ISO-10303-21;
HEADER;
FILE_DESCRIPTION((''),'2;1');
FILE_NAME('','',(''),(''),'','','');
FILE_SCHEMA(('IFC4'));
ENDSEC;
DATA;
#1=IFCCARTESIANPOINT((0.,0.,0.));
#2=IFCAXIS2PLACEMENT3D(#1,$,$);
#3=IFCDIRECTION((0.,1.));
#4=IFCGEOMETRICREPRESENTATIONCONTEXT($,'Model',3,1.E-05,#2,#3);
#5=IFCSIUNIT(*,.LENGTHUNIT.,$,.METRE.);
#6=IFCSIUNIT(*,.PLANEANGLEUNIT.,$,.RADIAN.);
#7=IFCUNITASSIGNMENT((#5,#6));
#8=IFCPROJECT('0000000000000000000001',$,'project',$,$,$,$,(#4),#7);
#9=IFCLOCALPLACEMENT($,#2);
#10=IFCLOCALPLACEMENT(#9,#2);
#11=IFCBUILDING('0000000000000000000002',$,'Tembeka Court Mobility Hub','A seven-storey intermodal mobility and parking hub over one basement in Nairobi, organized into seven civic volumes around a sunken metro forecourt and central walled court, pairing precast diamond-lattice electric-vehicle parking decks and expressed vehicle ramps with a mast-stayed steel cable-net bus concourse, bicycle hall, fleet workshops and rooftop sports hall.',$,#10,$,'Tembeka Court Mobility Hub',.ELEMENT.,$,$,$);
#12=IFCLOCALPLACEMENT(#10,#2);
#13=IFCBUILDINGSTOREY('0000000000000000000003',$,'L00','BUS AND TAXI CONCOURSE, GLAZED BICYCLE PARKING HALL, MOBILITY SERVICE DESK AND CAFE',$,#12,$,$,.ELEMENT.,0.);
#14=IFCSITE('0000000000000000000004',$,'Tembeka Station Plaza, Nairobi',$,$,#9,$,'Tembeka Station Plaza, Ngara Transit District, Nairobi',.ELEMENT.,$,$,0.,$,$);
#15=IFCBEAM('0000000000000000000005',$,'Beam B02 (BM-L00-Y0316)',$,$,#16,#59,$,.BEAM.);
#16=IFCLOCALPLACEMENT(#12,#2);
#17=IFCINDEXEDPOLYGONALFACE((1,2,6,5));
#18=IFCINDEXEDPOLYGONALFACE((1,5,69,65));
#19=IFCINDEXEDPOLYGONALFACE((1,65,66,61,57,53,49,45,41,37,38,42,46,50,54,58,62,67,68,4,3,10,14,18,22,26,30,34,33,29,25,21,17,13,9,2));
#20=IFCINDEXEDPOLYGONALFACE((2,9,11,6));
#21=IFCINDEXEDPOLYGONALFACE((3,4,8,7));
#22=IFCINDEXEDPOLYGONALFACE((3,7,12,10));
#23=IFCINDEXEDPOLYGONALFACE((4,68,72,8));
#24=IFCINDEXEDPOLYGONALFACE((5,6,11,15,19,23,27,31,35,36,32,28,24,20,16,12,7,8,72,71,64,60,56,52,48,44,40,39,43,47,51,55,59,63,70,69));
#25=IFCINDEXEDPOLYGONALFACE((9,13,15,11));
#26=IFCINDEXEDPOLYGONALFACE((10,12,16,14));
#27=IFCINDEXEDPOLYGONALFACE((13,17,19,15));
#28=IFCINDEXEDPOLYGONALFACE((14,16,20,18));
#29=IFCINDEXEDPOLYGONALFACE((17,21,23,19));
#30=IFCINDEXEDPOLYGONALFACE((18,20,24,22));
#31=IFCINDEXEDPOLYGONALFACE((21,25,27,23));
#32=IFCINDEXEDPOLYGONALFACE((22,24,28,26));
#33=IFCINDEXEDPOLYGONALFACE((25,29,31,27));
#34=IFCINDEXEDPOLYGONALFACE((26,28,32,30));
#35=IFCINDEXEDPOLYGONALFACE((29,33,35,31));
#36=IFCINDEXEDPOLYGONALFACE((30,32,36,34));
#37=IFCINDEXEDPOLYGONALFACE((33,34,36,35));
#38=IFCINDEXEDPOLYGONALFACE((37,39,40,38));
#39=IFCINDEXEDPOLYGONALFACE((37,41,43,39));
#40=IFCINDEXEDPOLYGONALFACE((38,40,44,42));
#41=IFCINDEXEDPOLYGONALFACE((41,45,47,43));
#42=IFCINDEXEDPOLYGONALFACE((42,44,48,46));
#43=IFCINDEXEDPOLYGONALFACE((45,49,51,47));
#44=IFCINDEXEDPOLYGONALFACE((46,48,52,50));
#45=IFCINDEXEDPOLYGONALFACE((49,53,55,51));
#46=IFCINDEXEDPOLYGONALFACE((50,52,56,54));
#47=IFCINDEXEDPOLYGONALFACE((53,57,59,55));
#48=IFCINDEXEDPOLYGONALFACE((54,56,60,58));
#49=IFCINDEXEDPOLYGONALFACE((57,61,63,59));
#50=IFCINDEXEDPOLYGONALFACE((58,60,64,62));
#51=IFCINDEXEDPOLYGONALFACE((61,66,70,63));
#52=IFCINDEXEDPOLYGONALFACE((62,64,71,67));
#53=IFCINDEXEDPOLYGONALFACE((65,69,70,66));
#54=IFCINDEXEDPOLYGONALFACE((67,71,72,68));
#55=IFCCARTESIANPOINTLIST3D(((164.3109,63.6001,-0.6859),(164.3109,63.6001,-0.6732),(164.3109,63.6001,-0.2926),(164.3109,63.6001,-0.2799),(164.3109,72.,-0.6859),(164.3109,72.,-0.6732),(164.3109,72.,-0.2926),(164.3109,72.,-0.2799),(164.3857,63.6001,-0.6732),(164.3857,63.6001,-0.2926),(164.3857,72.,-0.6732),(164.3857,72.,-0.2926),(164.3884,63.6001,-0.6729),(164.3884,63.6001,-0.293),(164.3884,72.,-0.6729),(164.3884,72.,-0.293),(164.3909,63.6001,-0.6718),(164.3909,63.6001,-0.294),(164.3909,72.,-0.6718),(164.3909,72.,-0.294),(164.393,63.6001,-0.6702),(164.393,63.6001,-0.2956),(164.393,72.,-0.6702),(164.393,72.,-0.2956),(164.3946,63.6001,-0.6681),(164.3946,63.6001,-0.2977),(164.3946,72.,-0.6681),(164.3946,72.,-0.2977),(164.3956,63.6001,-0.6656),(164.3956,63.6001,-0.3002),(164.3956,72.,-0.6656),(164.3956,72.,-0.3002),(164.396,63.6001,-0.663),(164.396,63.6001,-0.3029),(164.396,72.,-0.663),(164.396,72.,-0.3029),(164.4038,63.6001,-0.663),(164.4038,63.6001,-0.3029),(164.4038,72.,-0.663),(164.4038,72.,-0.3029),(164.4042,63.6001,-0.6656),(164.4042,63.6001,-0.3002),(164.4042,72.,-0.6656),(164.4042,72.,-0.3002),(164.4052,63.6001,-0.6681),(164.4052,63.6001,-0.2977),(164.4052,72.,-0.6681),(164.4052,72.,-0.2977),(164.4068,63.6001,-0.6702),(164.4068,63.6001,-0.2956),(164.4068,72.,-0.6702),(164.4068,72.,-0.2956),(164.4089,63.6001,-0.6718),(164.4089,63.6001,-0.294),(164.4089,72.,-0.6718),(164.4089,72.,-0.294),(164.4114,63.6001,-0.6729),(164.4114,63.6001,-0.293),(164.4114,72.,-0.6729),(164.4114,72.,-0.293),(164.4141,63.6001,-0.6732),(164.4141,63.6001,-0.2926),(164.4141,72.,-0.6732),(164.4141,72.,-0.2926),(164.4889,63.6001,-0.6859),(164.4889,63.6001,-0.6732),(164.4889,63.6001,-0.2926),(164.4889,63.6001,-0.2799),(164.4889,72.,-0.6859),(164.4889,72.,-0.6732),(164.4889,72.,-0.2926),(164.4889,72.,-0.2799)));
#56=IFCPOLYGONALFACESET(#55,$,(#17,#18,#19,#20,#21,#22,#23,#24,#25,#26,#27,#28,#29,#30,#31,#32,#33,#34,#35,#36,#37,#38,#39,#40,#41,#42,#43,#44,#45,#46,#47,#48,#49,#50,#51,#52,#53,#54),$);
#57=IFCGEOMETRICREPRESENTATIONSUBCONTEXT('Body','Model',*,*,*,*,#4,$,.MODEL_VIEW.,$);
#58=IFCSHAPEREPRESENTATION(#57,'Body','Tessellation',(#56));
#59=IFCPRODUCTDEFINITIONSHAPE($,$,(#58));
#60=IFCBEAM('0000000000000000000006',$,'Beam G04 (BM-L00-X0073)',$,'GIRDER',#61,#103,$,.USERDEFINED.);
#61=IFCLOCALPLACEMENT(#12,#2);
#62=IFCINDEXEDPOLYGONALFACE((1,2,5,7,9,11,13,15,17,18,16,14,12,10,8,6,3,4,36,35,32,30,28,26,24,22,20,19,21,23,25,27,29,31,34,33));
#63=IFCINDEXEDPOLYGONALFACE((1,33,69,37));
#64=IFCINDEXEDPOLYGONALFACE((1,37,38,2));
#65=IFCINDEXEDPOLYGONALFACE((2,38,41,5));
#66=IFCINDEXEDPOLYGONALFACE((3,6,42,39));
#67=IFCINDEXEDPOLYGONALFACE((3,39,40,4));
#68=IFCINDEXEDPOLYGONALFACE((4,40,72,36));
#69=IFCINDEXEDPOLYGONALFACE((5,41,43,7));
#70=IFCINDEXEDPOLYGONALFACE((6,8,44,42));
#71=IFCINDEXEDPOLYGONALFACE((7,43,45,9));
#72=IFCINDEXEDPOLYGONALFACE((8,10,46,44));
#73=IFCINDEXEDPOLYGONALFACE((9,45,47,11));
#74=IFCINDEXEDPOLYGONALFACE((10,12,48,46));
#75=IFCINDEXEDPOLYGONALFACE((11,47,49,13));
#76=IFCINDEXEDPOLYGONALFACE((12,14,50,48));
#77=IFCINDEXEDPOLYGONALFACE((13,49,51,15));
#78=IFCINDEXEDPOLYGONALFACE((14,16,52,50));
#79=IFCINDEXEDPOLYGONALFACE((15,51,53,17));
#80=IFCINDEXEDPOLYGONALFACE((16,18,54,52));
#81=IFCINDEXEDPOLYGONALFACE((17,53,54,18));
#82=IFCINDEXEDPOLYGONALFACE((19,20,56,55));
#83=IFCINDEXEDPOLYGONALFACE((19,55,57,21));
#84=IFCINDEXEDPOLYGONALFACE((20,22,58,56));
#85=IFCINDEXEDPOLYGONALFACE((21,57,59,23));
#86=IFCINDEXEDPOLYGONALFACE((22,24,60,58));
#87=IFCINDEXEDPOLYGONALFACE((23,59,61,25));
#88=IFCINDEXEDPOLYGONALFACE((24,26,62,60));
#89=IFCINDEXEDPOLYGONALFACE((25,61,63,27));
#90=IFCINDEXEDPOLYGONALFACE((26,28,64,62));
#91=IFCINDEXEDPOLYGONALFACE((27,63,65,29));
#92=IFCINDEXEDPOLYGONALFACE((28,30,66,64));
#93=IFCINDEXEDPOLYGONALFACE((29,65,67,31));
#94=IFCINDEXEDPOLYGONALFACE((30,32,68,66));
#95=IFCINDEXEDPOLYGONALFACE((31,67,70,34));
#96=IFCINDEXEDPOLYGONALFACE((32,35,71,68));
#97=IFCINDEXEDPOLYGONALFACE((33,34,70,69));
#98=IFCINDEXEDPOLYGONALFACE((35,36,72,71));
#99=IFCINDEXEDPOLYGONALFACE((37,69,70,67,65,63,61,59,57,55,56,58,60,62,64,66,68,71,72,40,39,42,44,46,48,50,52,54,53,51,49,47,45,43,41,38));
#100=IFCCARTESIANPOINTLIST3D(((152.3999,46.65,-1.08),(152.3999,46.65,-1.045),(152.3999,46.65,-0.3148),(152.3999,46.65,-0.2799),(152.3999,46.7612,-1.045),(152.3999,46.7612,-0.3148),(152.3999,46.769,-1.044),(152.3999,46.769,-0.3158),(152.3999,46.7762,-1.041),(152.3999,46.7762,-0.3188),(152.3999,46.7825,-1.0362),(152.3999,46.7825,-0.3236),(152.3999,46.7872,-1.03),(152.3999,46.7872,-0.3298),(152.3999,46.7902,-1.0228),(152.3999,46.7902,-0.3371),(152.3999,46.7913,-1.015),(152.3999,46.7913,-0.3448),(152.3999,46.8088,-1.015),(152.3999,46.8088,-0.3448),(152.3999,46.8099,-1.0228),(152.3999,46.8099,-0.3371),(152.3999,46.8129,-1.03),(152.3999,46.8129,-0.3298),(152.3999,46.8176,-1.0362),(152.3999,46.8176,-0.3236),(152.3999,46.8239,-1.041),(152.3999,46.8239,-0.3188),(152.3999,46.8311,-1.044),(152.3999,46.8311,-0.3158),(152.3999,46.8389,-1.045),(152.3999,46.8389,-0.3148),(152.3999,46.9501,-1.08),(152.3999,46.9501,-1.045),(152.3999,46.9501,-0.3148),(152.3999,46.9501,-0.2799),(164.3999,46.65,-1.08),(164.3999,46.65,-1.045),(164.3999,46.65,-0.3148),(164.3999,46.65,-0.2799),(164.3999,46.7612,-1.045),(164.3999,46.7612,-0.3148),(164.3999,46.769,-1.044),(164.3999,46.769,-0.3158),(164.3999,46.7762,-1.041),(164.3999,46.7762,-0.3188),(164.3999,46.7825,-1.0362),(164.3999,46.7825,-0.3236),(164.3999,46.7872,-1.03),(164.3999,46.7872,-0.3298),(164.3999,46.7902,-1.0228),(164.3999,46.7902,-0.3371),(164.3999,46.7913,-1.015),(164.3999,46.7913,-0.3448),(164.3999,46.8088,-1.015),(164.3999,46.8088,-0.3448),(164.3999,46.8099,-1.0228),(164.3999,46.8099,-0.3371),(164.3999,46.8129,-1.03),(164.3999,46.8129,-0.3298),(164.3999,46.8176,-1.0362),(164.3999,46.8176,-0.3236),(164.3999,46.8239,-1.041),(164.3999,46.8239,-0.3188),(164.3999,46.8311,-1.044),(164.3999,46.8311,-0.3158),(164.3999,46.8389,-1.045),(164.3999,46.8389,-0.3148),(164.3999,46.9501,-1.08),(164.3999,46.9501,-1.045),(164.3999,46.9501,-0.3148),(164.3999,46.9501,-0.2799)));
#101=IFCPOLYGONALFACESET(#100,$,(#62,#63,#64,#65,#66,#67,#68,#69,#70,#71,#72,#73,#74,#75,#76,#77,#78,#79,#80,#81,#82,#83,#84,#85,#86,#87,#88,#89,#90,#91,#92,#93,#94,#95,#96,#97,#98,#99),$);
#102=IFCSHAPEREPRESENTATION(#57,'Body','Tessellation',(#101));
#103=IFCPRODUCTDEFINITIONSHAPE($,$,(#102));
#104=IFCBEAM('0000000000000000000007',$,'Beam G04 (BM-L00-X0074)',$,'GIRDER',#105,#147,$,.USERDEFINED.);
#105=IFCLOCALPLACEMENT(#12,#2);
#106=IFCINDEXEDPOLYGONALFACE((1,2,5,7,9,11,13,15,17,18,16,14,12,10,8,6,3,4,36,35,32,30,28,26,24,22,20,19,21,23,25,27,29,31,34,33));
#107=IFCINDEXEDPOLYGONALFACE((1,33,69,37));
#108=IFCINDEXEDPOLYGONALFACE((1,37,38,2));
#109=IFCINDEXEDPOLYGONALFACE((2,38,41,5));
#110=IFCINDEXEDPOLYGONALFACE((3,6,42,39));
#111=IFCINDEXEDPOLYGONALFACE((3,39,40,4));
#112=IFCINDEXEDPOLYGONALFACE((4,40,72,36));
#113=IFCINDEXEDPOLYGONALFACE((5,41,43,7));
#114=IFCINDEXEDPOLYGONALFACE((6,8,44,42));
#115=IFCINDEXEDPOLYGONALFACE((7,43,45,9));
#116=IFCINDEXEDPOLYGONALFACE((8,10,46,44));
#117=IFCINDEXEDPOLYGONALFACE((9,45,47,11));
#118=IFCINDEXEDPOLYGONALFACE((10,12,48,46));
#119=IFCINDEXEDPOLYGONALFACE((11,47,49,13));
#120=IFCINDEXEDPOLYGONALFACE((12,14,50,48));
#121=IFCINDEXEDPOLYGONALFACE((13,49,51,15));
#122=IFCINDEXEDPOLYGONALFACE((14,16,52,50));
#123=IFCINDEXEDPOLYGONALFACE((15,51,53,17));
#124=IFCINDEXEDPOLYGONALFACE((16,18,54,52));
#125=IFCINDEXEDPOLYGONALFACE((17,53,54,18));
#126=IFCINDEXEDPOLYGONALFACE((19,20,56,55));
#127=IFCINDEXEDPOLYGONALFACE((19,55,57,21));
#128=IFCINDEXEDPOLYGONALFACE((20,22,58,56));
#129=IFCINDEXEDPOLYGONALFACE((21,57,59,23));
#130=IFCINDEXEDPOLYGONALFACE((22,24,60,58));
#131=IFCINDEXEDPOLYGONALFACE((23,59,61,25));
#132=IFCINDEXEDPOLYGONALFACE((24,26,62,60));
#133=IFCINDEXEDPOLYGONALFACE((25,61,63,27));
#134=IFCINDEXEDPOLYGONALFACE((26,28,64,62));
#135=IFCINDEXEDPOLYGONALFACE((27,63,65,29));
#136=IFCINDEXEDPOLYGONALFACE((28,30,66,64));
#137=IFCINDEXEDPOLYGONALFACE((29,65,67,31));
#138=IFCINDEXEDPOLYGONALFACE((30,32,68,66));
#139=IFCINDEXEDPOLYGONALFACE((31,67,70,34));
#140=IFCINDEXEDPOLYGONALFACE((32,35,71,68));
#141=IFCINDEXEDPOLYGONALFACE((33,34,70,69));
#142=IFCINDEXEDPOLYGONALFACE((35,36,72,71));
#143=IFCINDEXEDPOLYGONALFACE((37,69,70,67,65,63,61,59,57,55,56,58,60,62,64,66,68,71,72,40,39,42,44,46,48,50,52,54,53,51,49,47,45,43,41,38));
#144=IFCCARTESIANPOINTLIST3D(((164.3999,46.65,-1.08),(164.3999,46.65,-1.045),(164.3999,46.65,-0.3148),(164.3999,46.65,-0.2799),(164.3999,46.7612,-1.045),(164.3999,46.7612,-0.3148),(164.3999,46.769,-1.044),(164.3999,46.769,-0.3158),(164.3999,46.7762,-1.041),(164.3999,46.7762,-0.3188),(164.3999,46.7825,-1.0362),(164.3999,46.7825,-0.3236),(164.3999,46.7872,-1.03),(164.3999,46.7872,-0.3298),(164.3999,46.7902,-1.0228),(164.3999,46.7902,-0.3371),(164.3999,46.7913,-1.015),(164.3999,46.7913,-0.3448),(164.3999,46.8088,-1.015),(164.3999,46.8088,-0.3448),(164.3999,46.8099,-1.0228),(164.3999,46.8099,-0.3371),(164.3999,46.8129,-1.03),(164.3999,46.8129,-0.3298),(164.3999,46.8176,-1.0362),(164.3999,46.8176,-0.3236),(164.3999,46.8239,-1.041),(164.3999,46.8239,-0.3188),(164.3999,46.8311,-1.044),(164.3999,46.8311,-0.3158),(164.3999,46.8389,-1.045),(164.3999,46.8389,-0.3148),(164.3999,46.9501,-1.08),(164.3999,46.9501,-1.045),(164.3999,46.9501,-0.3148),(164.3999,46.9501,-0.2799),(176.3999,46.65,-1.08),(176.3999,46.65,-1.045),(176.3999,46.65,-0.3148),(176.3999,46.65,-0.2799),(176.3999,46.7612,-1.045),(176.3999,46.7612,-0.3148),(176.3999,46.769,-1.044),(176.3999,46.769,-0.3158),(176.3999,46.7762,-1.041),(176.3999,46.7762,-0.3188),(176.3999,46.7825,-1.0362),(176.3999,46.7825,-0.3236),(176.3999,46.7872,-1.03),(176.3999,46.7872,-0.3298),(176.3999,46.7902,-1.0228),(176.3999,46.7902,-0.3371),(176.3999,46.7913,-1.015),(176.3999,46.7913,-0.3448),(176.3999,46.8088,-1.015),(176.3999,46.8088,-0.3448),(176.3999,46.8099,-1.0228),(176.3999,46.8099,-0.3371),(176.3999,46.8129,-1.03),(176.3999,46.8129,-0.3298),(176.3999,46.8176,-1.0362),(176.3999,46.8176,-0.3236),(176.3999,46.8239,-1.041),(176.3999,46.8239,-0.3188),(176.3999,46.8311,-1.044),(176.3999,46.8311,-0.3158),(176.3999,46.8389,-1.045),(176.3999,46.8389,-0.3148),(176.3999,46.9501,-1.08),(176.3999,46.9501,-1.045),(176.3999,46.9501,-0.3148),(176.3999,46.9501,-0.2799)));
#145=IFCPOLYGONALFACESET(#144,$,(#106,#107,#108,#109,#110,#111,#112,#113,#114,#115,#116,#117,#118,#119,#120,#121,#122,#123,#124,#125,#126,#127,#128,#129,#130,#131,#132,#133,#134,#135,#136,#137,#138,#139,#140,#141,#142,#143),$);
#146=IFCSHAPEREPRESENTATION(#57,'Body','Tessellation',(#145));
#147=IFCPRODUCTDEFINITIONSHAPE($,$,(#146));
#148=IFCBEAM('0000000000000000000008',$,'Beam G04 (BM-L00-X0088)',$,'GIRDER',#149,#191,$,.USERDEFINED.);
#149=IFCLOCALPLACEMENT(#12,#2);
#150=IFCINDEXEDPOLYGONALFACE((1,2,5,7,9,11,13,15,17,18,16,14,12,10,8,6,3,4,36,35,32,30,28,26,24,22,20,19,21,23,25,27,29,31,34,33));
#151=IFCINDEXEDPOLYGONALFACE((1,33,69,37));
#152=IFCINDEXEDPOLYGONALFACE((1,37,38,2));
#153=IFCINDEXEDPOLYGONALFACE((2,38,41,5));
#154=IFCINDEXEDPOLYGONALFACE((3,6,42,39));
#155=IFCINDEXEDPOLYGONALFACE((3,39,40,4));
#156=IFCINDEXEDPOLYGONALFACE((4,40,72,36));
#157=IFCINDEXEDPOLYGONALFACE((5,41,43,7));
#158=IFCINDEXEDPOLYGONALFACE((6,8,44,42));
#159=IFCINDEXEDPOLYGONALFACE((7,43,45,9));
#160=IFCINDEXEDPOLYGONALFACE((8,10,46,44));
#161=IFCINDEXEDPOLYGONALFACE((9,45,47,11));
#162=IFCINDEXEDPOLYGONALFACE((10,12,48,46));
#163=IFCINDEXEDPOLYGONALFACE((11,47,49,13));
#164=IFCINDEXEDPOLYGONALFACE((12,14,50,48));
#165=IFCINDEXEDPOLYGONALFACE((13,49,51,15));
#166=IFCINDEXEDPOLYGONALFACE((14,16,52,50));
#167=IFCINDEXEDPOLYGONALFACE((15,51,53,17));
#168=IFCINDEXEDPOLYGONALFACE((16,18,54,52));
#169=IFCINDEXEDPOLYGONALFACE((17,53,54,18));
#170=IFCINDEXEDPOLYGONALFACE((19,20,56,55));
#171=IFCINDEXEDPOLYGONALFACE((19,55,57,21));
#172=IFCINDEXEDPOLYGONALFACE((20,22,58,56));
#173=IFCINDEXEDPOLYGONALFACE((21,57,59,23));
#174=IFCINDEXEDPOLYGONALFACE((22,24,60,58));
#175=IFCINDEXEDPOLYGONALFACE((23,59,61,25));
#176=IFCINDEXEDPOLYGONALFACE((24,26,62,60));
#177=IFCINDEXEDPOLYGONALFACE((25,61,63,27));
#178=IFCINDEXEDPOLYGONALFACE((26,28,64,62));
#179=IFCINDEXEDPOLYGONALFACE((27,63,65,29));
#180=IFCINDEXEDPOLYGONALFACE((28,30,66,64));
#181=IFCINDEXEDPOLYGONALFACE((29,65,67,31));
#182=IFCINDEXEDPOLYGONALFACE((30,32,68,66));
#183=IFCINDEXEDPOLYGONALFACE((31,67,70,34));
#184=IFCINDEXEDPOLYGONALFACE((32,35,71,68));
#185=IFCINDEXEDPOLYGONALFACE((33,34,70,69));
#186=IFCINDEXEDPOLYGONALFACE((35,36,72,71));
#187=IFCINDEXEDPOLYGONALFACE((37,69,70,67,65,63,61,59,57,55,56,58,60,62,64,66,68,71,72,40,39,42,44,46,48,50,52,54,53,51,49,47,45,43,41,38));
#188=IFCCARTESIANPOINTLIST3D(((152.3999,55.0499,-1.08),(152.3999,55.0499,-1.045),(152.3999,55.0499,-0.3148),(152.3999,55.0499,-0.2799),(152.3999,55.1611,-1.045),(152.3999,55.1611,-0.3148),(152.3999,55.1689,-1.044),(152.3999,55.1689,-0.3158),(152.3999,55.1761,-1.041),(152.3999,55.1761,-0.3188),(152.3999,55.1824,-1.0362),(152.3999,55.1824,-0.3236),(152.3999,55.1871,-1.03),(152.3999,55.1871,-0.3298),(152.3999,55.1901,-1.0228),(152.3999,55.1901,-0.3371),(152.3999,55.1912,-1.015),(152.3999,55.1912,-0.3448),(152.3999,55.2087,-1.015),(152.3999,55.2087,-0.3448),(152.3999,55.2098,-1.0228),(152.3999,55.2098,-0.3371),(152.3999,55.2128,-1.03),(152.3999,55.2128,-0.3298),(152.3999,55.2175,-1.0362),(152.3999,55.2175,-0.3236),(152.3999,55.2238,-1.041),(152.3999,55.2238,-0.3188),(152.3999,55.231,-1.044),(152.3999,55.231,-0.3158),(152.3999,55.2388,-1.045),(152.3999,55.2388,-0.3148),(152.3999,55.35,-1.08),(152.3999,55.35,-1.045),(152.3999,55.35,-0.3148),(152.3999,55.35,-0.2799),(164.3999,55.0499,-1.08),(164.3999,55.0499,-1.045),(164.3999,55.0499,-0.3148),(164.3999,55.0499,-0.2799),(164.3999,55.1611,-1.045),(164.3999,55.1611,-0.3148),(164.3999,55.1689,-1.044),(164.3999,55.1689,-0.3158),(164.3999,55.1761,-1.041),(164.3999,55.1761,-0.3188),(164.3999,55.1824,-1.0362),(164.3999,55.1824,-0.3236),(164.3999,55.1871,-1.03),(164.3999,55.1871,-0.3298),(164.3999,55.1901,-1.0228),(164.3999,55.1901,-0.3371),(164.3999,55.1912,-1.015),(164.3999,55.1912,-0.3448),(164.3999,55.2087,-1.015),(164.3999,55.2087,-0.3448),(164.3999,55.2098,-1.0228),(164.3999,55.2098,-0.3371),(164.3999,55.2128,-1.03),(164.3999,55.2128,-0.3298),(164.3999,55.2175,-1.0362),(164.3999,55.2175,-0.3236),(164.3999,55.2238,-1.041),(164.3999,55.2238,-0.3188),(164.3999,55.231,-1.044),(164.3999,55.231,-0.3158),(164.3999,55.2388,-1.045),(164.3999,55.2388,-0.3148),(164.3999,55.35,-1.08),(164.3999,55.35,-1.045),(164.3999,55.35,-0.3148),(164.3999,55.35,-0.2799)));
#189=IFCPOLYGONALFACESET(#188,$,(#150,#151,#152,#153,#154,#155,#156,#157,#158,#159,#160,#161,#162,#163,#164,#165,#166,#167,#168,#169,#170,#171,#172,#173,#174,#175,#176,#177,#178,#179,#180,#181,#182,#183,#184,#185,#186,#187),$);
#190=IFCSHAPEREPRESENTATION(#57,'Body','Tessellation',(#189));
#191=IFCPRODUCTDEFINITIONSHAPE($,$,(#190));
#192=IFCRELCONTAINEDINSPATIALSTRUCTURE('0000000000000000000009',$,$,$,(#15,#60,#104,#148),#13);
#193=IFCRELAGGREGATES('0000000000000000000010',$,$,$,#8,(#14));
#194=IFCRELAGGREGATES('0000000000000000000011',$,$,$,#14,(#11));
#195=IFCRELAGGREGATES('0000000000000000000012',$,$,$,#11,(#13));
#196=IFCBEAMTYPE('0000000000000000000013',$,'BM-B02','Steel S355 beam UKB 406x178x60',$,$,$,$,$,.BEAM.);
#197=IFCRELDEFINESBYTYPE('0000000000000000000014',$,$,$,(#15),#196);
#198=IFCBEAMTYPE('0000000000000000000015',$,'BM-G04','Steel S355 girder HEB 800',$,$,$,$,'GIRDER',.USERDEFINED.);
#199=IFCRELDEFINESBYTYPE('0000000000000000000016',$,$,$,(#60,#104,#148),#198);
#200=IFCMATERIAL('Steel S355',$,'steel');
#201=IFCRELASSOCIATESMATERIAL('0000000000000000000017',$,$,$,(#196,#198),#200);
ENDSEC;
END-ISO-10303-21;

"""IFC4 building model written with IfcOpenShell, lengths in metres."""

from ifc_helpers import new_model, si_unit, direction, frame, origin, origin_2d, place, context, subcontext, project, spatial, i_section, extrude, material, material_profile, profile_set, type_object, element, save


model = new_model("IFC4")

# Units and contexts
model_context = context("Model", 3, precision=1e-05, world=origin(), true_north=direction((0.0, 1.0)))
body_context = subcontext(model_context, "Body", "Model", "MODEL_VIEW")
ifc_project = project(units=[si_unit("LENGTHUNIT", "METRE"), si_unit("PLANEANGLEUNIT", "RADIAN")], contexts=[model_context])

# Site, building, storey
site_placement = place(None, origin())
site = spatial("IfcSite", under=ifc_project, at=site_placement, Name="Tembeka Station Plaza, Nairobi", LongName="Tembeka Station Plaza, Ngara Transit District, Nairobi", CompositionType="ELEMENT", RefElevation=0.0)
building_placement = place(site_placement, origin())
building = spatial("IfcBuilding", under=site, at=building_placement, Name="Tembeka Court Mobility Hub", Description="A seven-storey intermodal mobility and parking hub over one basement in Nairobi, organized into seven civic volumes around a sunken metro forecourt and central walled court, pairing precast diamond-lattice electric-vehicle parking decks and expressed vehicle ramps with a mast-stayed steel cable-net bus concourse, bicycle hall, fleet workshops and rooftop sports hall.", LongName="Tembeka Court Mobility Hub", CompositionType="ELEMENT")
storey_placement = place(building_placement, origin())
storey = spatial("IfcBuildingStorey", under=building, at=storey_placement, Name="L00", Description="BUS AND TAXI CONCOURSE, GLAZED BICYCLE PARKING HALL, MOBILITY SERVICE DESK AND CAFE", CompositionType="ELEMENT", Elevation=0.0)

# Shared definitions
ifc_material = material(Name="Steel S355", Category="steel")

# Beams
ifc_material_profile_1 = material_profile(ifc_material, i_section(OverallWidth=0.178, OverallDepth=0.406, WebThickness=0.0078, FlangeThickness=0.0127, FilletRadius=0.0103, at=origin_2d()), Name="UKB 406x178x60")
ifc_profile_set_1 = profile_set([ifc_material_profile_1], Name="Steel S355")
beam_type_1 = type_object("IfcBeamType", Name="BM-B02", Description="Steel S355 beam UKB 406x178x60", PredefinedType="BEAM", material=ifc_profile_set_1)
beam_1_placement = place(storey_placement, frame((164.3999, 63.6001, -0.4829), z_axis=(0.0, 1.0, 0.0), x_axis=(-1.0, 0.0, 0.0)))
element("IfcBeam", 1, at=beam_1_placement, inside=storey, type_object=beam_type_1, Name="Beam B02 (BM-L00-Y0316)", PredefinedType="BEAM", context=body_context, shape_type="SweptSolid", body=[
    extrude(i_section(OverallWidth=0.178, OverallDepth=0.406, WebThickness=0.0078, FlangeThickness=0.0127, FilletRadius=0.0103, at=origin_2d()), origin(), (0.0, 0.0, 1.0), 8.3999),
])
ifc_material_profile_2 = material_profile(ifc_material, i_section(OverallWidth=0.3, OverallDepth=0.8, WebThickness=0.0176, FlangeThickness=0.0349, FilletRadius=0.03, at=origin_2d()), Name="HEB 800")
ifc_profile_set_2 = profile_set([ifc_material_profile_2], Name="Steel S355")
beam_type_2 = type_object("IfcBeamType", Name="BM-G04", Description="Steel S355 girder HEB 800", ElementType="GIRDER", PredefinedType="USERDEFINED", material=ifc_profile_set_2)
for number, where, z_axis, x_axis, name in (
    (2, (152.3999, 46.8, -0.6799), (1.0, 0.0, 0.0), (0.0, 1.0, 0.0), "Beam G04 (BM-L00-X0073)"),
    (3, (164.3999, 46.8, -0.6799), (1.0, 0.0, 0.0), (0.0, 1.0, 0.0), "Beam G04 (BM-L00-X0074)"),
    (4, (152.3999, 55.2, -0.6799), (1.0, 0.0, 0.0), (0.0, 1.0, 0.0), "Beam G04 (BM-L00-X0088)"),
):
    element("IfcBeam", number, at=place(storey_placement, frame(where, z_axis=z_axis, x_axis=x_axis)), inside=storey, type_object=beam_type_2, Name=name, ObjectType="GIRDER", PredefinedType="USERDEFINED", context=body_context, shape_type="SweptSolid", body=[
        extrude(i_section(OverallWidth=0.3, OverallDepth=0.8, WebThickness=0.0176, FlangeThickness=0.0349, FilletRadius=0.03, at=origin_2d()), origin(), (0.0, 0.0, 1.0), 12.0),
    ])

save(model, "model.ifc")
